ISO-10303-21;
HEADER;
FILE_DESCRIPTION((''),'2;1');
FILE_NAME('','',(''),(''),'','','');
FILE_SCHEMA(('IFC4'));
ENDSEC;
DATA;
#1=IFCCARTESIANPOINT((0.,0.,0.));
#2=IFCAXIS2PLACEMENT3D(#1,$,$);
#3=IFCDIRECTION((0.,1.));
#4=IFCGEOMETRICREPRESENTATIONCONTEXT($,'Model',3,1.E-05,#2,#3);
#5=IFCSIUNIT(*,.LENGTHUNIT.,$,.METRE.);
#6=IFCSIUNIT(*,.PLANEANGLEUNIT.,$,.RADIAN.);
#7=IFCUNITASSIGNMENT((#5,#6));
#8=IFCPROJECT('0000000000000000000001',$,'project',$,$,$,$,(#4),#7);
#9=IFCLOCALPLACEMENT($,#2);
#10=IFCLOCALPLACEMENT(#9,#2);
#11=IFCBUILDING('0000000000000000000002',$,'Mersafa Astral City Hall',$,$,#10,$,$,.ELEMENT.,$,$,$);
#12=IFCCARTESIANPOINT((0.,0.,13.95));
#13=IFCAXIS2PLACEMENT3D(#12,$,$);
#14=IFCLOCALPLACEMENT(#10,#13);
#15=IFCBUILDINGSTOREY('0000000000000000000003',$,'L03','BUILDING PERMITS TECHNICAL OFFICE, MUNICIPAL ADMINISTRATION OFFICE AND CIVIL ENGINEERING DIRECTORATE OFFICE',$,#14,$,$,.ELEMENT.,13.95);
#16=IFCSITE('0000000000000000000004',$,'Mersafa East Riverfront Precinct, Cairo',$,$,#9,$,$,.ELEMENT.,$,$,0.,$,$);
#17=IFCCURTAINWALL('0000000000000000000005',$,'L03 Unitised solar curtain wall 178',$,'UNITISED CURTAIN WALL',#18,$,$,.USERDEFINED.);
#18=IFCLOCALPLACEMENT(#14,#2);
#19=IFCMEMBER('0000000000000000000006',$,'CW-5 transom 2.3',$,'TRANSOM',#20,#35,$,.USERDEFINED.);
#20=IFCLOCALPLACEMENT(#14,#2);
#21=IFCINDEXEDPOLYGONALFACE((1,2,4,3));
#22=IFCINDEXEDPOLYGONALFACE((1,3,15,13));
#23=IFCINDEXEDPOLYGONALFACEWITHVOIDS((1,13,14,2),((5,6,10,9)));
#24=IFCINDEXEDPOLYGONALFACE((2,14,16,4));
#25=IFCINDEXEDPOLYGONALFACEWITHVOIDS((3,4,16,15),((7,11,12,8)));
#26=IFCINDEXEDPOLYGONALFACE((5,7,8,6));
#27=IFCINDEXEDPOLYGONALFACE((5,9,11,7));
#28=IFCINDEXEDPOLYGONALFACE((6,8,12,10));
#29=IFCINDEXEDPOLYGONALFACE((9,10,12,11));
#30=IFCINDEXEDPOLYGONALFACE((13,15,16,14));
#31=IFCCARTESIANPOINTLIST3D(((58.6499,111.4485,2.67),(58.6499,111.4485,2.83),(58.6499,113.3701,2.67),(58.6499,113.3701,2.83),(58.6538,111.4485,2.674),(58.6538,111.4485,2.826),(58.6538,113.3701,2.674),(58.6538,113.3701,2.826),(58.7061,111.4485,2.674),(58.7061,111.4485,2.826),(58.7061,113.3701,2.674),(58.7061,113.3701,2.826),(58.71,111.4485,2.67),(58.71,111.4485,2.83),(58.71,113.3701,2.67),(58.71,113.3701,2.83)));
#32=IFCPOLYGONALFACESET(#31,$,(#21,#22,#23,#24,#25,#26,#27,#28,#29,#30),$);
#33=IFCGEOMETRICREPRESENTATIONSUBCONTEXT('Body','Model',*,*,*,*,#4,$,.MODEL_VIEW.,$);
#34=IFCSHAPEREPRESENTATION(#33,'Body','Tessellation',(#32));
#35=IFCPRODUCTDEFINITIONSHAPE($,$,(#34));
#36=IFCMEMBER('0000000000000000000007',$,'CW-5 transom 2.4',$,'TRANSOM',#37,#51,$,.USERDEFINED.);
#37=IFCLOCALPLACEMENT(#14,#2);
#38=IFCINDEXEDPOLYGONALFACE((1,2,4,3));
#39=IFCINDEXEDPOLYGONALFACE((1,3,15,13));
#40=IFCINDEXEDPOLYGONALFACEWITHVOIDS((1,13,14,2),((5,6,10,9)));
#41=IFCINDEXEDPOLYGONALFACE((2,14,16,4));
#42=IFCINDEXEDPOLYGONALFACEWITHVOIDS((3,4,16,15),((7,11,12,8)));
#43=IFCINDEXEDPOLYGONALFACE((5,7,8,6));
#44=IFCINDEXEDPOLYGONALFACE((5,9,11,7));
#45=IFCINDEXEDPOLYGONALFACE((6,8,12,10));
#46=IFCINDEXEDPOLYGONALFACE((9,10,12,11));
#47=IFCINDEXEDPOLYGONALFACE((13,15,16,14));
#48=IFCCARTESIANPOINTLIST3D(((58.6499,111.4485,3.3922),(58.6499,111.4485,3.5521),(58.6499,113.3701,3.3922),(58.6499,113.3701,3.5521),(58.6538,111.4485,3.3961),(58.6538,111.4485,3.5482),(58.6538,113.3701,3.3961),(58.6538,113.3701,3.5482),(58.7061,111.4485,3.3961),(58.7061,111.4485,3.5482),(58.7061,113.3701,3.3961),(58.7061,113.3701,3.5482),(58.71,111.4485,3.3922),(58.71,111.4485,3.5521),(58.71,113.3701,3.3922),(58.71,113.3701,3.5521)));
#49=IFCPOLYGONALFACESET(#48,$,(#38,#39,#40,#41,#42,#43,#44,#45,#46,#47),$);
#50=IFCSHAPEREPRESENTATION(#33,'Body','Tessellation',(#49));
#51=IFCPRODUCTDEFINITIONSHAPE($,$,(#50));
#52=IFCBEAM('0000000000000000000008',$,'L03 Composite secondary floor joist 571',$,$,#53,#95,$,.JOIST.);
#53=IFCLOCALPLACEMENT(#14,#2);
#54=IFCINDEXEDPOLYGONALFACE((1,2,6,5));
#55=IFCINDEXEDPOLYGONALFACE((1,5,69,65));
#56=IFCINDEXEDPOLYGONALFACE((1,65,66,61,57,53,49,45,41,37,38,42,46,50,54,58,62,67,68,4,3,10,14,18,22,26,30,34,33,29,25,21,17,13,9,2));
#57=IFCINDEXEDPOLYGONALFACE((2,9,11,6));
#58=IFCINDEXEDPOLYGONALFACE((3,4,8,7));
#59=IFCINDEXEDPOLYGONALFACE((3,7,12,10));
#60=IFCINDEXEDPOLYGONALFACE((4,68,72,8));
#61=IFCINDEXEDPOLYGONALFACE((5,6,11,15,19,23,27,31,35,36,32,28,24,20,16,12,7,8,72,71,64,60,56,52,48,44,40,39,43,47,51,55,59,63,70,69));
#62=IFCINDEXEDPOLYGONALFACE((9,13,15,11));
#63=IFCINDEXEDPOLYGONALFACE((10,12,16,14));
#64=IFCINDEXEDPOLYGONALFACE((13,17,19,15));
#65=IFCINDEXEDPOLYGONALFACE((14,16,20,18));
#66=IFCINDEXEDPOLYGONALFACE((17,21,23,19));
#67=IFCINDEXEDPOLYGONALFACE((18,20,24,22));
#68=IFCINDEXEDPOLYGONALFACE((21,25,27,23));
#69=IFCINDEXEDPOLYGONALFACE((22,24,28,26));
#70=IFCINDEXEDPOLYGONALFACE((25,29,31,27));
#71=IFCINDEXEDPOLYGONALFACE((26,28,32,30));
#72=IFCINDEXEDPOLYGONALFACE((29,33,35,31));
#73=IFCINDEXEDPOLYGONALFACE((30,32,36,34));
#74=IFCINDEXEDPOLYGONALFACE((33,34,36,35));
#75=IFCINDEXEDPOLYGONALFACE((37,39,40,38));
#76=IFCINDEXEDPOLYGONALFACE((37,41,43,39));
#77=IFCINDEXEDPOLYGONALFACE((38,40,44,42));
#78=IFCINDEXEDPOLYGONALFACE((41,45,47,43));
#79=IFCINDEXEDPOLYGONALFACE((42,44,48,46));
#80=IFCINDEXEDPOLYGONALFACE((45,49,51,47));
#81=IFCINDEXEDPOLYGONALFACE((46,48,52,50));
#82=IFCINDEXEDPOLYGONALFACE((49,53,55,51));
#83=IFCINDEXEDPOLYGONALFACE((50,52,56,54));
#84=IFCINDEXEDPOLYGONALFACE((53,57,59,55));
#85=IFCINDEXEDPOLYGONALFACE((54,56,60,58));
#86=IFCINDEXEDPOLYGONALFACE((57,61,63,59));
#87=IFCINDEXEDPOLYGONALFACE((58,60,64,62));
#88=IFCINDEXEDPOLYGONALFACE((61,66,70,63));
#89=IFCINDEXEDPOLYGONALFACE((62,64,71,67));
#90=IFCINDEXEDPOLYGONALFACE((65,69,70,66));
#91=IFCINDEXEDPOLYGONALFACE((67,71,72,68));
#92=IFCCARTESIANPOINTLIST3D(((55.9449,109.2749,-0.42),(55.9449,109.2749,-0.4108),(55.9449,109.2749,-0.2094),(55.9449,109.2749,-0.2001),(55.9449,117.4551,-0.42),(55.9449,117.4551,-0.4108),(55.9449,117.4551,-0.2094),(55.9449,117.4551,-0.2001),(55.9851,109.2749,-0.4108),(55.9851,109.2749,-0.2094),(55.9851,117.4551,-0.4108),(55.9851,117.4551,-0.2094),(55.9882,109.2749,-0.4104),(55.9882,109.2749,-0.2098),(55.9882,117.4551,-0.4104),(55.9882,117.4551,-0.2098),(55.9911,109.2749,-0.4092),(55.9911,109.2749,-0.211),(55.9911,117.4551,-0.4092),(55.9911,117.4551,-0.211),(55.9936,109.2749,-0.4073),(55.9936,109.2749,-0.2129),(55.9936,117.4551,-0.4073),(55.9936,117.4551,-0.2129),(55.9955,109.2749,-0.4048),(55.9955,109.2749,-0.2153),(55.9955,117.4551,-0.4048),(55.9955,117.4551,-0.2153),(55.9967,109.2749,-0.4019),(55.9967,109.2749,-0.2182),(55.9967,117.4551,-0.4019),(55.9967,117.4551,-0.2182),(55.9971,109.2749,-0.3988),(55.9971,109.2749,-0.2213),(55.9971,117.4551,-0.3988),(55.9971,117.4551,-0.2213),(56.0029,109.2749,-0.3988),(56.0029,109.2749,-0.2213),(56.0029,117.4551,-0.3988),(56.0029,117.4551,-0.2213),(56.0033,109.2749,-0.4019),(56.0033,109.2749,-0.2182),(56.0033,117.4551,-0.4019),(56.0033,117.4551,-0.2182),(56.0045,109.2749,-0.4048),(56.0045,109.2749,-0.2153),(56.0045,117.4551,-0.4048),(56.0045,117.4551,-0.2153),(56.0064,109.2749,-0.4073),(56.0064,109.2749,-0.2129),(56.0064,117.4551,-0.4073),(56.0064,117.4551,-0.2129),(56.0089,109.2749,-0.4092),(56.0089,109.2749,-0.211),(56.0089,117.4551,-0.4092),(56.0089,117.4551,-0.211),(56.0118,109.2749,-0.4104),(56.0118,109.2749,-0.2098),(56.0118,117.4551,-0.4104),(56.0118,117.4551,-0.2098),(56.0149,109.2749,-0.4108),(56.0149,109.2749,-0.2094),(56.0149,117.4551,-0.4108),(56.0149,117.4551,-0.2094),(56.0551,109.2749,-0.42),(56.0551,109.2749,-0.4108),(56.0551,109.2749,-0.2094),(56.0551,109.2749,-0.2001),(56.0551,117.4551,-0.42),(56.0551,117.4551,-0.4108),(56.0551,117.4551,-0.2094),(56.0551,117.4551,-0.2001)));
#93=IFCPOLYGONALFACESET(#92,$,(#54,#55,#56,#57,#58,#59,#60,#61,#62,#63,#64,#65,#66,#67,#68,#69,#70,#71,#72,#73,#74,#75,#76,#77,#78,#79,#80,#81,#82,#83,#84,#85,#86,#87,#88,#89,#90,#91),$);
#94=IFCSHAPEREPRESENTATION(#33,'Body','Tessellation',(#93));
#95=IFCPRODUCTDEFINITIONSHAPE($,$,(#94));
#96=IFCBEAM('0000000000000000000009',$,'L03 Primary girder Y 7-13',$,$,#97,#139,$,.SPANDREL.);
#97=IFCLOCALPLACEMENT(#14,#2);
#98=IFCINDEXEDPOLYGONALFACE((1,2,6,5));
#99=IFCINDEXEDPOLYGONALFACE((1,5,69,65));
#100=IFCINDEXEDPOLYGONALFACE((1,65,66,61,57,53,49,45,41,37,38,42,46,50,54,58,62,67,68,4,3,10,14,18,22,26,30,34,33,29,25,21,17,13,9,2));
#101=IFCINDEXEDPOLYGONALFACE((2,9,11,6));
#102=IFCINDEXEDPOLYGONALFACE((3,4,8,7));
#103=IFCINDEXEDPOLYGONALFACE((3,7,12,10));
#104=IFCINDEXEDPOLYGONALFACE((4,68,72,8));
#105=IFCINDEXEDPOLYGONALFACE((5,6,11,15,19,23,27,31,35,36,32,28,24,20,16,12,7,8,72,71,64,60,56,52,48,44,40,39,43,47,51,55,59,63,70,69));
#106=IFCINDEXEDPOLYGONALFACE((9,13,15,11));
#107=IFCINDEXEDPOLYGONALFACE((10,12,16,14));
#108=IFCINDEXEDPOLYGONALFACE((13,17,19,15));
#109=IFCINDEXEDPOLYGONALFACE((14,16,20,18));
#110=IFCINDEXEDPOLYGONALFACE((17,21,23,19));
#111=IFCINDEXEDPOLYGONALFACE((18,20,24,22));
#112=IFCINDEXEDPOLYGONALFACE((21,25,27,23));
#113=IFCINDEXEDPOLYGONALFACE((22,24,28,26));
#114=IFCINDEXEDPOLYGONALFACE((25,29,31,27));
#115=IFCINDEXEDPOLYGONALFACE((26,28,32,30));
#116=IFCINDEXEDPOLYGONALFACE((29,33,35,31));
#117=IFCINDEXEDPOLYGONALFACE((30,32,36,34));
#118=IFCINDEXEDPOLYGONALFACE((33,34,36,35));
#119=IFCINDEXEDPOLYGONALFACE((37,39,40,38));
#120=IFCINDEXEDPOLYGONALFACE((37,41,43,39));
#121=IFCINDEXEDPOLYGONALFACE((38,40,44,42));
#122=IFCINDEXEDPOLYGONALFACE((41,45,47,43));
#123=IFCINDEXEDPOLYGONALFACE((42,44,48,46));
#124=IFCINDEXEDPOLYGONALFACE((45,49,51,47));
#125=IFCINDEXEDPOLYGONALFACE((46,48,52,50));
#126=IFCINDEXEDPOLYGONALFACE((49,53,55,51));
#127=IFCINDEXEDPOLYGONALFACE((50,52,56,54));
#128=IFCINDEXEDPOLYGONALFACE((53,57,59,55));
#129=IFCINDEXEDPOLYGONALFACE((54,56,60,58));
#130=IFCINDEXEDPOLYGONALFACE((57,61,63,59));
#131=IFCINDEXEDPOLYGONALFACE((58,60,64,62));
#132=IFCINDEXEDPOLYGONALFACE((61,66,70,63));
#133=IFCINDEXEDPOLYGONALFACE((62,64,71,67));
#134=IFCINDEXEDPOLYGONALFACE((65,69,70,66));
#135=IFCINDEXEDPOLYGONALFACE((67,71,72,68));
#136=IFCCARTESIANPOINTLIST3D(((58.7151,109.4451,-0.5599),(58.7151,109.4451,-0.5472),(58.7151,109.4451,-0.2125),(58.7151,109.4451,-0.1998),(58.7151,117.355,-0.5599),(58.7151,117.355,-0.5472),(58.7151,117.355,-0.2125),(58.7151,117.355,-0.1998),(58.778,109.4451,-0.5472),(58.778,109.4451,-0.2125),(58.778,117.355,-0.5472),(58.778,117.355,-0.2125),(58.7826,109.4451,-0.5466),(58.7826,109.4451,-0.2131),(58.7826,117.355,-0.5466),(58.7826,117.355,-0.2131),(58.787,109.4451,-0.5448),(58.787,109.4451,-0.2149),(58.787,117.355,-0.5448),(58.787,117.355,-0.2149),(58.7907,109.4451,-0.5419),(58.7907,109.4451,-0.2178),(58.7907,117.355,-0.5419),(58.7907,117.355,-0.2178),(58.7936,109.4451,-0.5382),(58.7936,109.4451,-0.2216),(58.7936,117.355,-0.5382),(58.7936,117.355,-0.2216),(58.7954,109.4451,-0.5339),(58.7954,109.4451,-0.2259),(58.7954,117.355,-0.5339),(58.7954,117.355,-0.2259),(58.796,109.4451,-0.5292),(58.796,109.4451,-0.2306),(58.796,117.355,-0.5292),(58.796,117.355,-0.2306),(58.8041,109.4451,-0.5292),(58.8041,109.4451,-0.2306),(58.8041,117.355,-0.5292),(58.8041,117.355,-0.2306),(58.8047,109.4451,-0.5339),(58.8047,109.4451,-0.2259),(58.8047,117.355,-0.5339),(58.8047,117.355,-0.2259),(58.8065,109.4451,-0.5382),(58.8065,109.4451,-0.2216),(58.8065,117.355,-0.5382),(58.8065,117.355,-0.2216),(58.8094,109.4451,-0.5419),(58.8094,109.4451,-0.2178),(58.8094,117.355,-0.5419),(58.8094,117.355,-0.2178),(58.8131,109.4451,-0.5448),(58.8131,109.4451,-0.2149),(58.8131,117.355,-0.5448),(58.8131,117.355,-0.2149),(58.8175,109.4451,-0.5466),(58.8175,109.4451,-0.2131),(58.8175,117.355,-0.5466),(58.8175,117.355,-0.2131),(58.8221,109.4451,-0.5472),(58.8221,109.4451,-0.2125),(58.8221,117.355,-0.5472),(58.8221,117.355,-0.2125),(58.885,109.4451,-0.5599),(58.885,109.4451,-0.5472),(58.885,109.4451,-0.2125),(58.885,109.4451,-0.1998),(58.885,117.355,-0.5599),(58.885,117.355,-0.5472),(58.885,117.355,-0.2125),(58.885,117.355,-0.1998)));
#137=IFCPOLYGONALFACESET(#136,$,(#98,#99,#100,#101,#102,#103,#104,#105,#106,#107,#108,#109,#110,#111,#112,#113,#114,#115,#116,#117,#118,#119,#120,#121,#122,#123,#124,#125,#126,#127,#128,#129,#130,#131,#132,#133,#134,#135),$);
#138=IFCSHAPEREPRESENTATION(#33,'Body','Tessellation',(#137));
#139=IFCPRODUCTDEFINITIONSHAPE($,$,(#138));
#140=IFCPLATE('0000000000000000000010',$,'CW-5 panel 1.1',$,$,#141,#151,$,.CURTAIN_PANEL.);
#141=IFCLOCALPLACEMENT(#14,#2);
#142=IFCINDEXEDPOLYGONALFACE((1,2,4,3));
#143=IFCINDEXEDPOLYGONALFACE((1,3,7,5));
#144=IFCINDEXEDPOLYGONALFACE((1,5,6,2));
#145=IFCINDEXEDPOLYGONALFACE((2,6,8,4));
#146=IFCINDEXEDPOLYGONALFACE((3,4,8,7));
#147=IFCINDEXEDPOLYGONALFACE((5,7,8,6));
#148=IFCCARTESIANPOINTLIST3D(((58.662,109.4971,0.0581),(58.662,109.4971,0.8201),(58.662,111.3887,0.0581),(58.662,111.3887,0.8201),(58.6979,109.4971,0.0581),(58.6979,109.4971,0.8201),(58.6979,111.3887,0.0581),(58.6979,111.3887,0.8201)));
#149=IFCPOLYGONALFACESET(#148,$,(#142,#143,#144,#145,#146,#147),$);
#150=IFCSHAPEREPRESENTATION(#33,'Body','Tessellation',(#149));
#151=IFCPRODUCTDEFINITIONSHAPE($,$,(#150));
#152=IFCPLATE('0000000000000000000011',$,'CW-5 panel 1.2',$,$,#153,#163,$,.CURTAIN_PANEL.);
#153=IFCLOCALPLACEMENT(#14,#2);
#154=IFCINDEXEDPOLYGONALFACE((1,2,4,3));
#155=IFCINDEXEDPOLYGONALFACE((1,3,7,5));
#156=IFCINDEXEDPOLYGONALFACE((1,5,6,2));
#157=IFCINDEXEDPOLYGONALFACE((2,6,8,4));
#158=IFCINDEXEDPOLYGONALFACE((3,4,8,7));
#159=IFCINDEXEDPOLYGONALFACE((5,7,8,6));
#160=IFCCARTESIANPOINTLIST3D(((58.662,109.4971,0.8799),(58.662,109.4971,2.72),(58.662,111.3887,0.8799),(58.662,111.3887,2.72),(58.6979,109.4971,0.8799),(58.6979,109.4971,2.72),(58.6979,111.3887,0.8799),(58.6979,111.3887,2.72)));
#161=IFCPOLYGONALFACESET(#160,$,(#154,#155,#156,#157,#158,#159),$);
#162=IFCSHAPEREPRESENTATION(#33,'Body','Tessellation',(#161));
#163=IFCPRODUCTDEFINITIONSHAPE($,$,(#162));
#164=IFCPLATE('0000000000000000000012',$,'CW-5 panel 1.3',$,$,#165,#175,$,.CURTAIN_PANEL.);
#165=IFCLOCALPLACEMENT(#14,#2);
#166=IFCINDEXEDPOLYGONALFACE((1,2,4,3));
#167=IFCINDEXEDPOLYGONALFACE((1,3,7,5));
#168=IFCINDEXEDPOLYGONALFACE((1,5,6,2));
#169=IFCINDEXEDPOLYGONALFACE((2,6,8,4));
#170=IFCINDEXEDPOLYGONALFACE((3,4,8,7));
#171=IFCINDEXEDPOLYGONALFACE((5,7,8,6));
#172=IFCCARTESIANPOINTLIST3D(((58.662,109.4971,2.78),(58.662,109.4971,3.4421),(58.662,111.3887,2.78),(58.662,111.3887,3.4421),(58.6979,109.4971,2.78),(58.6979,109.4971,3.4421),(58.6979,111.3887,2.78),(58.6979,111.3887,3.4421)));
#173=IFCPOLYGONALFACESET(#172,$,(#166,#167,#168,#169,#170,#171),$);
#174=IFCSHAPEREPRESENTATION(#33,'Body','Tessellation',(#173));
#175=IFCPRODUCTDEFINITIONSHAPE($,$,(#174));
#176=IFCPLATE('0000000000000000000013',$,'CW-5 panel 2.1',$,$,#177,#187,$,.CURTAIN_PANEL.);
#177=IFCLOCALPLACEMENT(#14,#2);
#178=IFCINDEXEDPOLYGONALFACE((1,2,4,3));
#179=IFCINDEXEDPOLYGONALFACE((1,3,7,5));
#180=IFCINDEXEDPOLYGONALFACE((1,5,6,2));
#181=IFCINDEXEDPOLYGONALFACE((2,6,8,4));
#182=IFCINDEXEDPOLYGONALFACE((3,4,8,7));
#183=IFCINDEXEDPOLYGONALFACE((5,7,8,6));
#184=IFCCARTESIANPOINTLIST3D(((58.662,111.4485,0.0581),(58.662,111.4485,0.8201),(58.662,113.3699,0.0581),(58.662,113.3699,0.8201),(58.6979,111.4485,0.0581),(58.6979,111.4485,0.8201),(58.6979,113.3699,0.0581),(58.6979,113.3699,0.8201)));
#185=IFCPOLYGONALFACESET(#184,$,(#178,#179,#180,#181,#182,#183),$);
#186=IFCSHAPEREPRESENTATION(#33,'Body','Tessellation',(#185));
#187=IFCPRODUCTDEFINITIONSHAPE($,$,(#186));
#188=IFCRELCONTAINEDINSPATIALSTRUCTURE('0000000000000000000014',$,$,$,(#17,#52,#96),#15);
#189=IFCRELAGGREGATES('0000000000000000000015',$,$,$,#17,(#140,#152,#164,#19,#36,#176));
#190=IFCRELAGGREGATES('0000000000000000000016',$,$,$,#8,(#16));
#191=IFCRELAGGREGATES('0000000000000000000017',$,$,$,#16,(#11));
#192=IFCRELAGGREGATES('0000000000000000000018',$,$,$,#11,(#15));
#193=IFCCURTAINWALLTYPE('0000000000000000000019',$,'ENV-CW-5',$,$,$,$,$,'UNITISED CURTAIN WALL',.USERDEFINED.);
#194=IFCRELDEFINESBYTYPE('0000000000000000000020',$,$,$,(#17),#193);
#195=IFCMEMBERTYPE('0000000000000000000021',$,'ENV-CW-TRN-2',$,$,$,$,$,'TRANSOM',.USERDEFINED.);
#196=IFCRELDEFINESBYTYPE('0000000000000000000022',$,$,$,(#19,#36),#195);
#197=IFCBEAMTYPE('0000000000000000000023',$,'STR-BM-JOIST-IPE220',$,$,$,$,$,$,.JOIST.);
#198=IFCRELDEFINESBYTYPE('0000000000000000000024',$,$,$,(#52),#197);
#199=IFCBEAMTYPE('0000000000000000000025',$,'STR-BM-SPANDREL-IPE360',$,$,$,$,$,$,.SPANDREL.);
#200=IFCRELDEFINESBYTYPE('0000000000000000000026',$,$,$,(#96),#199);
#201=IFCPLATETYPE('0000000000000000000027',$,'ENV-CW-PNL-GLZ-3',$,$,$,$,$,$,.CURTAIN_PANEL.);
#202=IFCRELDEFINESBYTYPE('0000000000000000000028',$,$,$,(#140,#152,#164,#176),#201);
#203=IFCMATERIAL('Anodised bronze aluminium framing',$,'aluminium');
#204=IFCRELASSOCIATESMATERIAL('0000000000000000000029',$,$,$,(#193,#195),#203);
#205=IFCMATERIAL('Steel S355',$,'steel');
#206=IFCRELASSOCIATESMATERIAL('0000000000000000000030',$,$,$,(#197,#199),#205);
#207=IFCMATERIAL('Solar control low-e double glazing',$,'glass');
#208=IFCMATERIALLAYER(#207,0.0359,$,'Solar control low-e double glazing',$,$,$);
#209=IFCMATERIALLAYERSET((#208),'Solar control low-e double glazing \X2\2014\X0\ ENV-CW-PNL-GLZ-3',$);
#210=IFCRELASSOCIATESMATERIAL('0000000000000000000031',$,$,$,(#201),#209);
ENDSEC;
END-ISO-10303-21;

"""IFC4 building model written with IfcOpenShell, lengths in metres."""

from ifc_helpers import new_model, si_unit, direction, frame, origin, origin_2d, place, context, subcontext, project, spatial, rectangle, hollow_rectangle, i_section, extrude, material, layer, layer_set, material_profile, profile_set, type_object, element, aggregate, save


model = new_model("IFC4")

# Units and contexts
model_context = context("Model", 3, precision=1e-05, world=origin(), true_north=direction((0.0, 1.0)))
body_context = subcontext(model_context, "Body", "Model", "MODEL_VIEW")
ifc_project = project(units=[si_unit("LENGTHUNIT", "METRE"), si_unit("PLANEANGLEUNIT", "RADIAN")], contexts=[model_context])

# Site, building, storey
site_placement = place(None, origin())
site = spatial("IfcSite", under=ifc_project, at=site_placement, Name="Mersafa East Riverfront Precinct, Cairo", CompositionType="ELEMENT", RefElevation=0.0)
building_placement = place(site_placement, origin())
building = spatial("IfcBuilding", under=site, at=building_placement, Name="Mersafa Astral City Hall", CompositionType="ELEMENT")
storey_placement = place(building_placement, frame((0.0, 0.0, 13.95)))
storey = spatial("IfcBuildingStorey", under=building, at=storey_placement, Name="L03", Description="BUILDING PERMITS TECHNICAL OFFICE, MUNICIPAL ADMINISTRATION OFFICE AND CIVIL ENGINEERING DIRECTORATE OFFICE", CompositionType="ELEMENT", Elevation=13.95)

# Shared definitions
ifc_material_1 = material(Name="Steel S355", Category="steel")

# Curtain wall, members
ifc_material_2 = material(Name="Anodised bronze aluminium framing", Category="aluminium")
curtain_wall_type = type_object("IfcCurtainWallType", Name="ENV-CW-5", ElementType="UNITISED CURTAIN WALL", PredefinedType="USERDEFINED", material=ifc_material_2)
curtain_wall_placement = place(storey_placement, origin())
curtain_wall = element("IfcCurtainWall", 1, at=curtain_wall_placement, inside=storey, type_object=curtain_wall_type, Name="L03 Unitised solar curtain wall 178", ObjectType="UNITISED CURTAIN WALL", PredefinedType="USERDEFINED")
ifc_material_profile_1 = material_profile(ifc_material_2, hollow_rectangle(XDim=0.0601, YDim=0.1599, WallThickness=0.0039, at=origin_2d()), Name="RHS 60x160x4")
ifc_profile_set_1 = profile_set([ifc_material_profile_1], Name="Anodised bronze aluminium framing")
member_type_1 = type_object("IfcMemberType", Name="ENV-CW-TRN-2", ElementType="TRANSOM", PredefinedType="USERDEFINED", material=ifc_profile_set_1)
member_1_placement = place(storey_placement, frame((58.6799, 111.4485, 2.75), z_axis=(0.0, 1.0, 0.0), x_axis=(-1.0, 0.0, 0.0)))
member_1 = element("IfcMember", 2, at=member_1_placement, type_object=member_type_1, Name="CW-5 transom 2.3", ObjectType="TRANSOM", PredefinedType="USERDEFINED", context=body_context, shape_type="SweptSolid", body=[
    extrude(hollow_rectangle(XDim=0.0601, YDim=0.1599, WallThickness=0.0039, at=origin_2d()), origin(), (0.0, 0.0, 1.0), 1.9216),
])
member_2_placement = place(storey_placement, frame((58.6799, 111.4485, 3.4722), z_axis=(0.0, 1.0, 0.0), x_axis=(-1.0, 0.0, 0.0)))
member_2 = element("IfcMember", 3, at=member_2_placement, type_object=member_type_1, Name="CW-5 transom 2.4", ObjectType="TRANSOM", PredefinedType="USERDEFINED", context=body_context, shape_type="SweptSolid", body=[
    extrude(hollow_rectangle(XDim=0.0601, YDim=0.1599, WallThickness=0.0039, at=origin_2d()), origin(), (0.0, 0.0, 1.0), 1.9216),
])

# Beams
ifc_material_profile_2 = material_profile(ifc_material_1, i_section(OverallWidth=0.1101, OverallDepth=0.22, WebThickness=0.0059, FlangeThickness=0.0093, FilletRadius=0.012, at=origin_2d()), Name="IPE 220")
ifc_profile_set_2 = profile_set([ifc_material_profile_2], Name="Steel S355")
beam_type_1 = type_object("IfcBeamType", Name="STR-BM-JOIST-IPE220", PredefinedType="JOIST", material=ifc_profile_set_2)
beam_1_placement = place(storey_placement, frame((56.0, 109.2749, -0.3101), z_axis=(0.0, 1.0, 0.0), x_axis=(-1.0, 0.0, 0.0)))
element("IfcBeam", 4, at=beam_1_placement, inside=storey, type_object=beam_type_1, Name="L03 Composite secondary floor joist 571", PredefinedType="JOIST", context=body_context, shape_type="SweptSolid", body=[
    extrude(i_section(OverallWidth=0.1101, OverallDepth=0.22, WebThickness=0.0059, FlangeThickness=0.0093, FilletRadius=0.012, at=origin_2d()), origin(), (0.0, 0.0, 1.0), 8.1802),
])
ifc_material_profile_3 = material_profile(ifc_material_1, i_section(OverallWidth=0.1699, OverallDepth=0.3601, WebThickness=0.0081, FlangeThickness=0.0127, FilletRadius=0.0181, at=origin_2d()), Name="IPE 360")
ifc_profile_set_3 = profile_set([ifc_material_profile_3], Name="Steel S355")
beam_type_2 = type_object("IfcBeamType", Name="STR-BM-SPANDREL-IPE360", PredefinedType="SPANDREL", material=ifc_profile_set_3)
beam_2_placement = place(storey_placement, frame((58.8, 109.4451, -0.3799), z_axis=(0.0, 1.0, 0.0), x_axis=(-1.0, 0.0, 0.0)))
element("IfcBeam", 5, at=beam_2_placement, inside=storey, type_object=beam_type_2, Name="L03 Primary girder Y 7-13", PredefinedType="SPANDREL", context=body_context, shape_type="SweptSolid", body=[
    extrude(i_section(OverallWidth=0.1699, OverallDepth=0.3601, WebThickness=0.0081, FlangeThickness=0.0127, FilletRadius=0.0181, at=origin_2d()), origin(), (0.0, 0.0, 1.0), 7.9099),
])

# Plates
ifc_material_3 = material(Name="Solar control low-e double glazing", Category="glass")
ifc_layer_1 = layer(ifc_material_3, 0.0359, Name="Solar control low-e double glazing")
ifc_layer_set_1 = layer_set([ifc_layer_1], Name="Solar control low-e double glazing — ENV-CW-PNL-GLZ-3")
plate_type = type_object("IfcPlateType", Name="ENV-CW-PNL-GLZ-3", PredefinedType="CURTAIN_PANEL", material=ifc_layer_set_1)
plate_1_placement = place(storey_placement, frame((58.6799, 110.4429, 0.0581), z_axis=(0.0, 0.0, 1.0), x_axis=(0.0, 1.0, 0.0)))
plate_1 = element("IfcPlate", 6, at=plate_1_placement, type_object=plate_type, Name="CW-5 panel 1.1", PredefinedType="CURTAIN_PANEL", context=body_context, shape_type="SweptSolid", body=[
    extrude(rectangle(XDim=1.8916, YDim=0.0359, at=origin_2d()), origin(), (0.0, 0.0, 1.0), 0.762),
])
plate_2_placement = place(storey_placement, frame((58.6799, 110.4429, 0.8799), z_axis=(0.0, 0.0, 1.0), x_axis=(0.0, 1.0, 0.0)))
plate_2 = element("IfcPlate", 7, at=plate_2_placement, type_object=plate_type, Name="CW-5 panel 1.2", PredefinedType="CURTAIN_PANEL", context=body_context, shape_type="SweptSolid", body=[
    extrude(rectangle(XDim=1.8916, YDim=0.0359, at=origin_2d()), origin(), (0.0, 0.0, 1.0), 1.8401),
])
plate_3_placement = place(storey_placement, frame((58.6799, 110.4429, 2.78), z_axis=(0.0, 0.0, 1.0), x_axis=(0.0, 1.0, 0.0)))
plate_3 = element("IfcPlate", 8, at=plate_3_placement, type_object=plate_type, Name="CW-5 panel 1.3", PredefinedType="CURTAIN_PANEL", context=body_context, shape_type="SweptSolid", body=[
    extrude(rectangle(XDim=1.8916, YDim=0.0359, at=origin_2d()), origin(), (0.0, 0.0, 1.0), 0.6621),
])
plate_4_placement = place(storey_placement, frame((58.6799, 112.4092, 0.0581), z_axis=(0.0, 0.0, 1.0), x_axis=(0.0, 1.0, 0.0)))
plate_4 = element("IfcPlate", 9, at=plate_4_placement, type_object=plate_type, Name="CW-5 panel 2.1", PredefinedType="CURTAIN_PANEL", context=body_context, shape_type="SweptSolid", body=[
    extrude(rectangle(XDim=1.9214, YDim=0.0359, at=origin_2d()), origin(), (0.0, 0.0, 1.0), 0.762),
])
aggregate(curtain_wall, [plate_1, plate_2, plate_3, member_1, member_2, plate_4])

save(model, "model.ifc")
